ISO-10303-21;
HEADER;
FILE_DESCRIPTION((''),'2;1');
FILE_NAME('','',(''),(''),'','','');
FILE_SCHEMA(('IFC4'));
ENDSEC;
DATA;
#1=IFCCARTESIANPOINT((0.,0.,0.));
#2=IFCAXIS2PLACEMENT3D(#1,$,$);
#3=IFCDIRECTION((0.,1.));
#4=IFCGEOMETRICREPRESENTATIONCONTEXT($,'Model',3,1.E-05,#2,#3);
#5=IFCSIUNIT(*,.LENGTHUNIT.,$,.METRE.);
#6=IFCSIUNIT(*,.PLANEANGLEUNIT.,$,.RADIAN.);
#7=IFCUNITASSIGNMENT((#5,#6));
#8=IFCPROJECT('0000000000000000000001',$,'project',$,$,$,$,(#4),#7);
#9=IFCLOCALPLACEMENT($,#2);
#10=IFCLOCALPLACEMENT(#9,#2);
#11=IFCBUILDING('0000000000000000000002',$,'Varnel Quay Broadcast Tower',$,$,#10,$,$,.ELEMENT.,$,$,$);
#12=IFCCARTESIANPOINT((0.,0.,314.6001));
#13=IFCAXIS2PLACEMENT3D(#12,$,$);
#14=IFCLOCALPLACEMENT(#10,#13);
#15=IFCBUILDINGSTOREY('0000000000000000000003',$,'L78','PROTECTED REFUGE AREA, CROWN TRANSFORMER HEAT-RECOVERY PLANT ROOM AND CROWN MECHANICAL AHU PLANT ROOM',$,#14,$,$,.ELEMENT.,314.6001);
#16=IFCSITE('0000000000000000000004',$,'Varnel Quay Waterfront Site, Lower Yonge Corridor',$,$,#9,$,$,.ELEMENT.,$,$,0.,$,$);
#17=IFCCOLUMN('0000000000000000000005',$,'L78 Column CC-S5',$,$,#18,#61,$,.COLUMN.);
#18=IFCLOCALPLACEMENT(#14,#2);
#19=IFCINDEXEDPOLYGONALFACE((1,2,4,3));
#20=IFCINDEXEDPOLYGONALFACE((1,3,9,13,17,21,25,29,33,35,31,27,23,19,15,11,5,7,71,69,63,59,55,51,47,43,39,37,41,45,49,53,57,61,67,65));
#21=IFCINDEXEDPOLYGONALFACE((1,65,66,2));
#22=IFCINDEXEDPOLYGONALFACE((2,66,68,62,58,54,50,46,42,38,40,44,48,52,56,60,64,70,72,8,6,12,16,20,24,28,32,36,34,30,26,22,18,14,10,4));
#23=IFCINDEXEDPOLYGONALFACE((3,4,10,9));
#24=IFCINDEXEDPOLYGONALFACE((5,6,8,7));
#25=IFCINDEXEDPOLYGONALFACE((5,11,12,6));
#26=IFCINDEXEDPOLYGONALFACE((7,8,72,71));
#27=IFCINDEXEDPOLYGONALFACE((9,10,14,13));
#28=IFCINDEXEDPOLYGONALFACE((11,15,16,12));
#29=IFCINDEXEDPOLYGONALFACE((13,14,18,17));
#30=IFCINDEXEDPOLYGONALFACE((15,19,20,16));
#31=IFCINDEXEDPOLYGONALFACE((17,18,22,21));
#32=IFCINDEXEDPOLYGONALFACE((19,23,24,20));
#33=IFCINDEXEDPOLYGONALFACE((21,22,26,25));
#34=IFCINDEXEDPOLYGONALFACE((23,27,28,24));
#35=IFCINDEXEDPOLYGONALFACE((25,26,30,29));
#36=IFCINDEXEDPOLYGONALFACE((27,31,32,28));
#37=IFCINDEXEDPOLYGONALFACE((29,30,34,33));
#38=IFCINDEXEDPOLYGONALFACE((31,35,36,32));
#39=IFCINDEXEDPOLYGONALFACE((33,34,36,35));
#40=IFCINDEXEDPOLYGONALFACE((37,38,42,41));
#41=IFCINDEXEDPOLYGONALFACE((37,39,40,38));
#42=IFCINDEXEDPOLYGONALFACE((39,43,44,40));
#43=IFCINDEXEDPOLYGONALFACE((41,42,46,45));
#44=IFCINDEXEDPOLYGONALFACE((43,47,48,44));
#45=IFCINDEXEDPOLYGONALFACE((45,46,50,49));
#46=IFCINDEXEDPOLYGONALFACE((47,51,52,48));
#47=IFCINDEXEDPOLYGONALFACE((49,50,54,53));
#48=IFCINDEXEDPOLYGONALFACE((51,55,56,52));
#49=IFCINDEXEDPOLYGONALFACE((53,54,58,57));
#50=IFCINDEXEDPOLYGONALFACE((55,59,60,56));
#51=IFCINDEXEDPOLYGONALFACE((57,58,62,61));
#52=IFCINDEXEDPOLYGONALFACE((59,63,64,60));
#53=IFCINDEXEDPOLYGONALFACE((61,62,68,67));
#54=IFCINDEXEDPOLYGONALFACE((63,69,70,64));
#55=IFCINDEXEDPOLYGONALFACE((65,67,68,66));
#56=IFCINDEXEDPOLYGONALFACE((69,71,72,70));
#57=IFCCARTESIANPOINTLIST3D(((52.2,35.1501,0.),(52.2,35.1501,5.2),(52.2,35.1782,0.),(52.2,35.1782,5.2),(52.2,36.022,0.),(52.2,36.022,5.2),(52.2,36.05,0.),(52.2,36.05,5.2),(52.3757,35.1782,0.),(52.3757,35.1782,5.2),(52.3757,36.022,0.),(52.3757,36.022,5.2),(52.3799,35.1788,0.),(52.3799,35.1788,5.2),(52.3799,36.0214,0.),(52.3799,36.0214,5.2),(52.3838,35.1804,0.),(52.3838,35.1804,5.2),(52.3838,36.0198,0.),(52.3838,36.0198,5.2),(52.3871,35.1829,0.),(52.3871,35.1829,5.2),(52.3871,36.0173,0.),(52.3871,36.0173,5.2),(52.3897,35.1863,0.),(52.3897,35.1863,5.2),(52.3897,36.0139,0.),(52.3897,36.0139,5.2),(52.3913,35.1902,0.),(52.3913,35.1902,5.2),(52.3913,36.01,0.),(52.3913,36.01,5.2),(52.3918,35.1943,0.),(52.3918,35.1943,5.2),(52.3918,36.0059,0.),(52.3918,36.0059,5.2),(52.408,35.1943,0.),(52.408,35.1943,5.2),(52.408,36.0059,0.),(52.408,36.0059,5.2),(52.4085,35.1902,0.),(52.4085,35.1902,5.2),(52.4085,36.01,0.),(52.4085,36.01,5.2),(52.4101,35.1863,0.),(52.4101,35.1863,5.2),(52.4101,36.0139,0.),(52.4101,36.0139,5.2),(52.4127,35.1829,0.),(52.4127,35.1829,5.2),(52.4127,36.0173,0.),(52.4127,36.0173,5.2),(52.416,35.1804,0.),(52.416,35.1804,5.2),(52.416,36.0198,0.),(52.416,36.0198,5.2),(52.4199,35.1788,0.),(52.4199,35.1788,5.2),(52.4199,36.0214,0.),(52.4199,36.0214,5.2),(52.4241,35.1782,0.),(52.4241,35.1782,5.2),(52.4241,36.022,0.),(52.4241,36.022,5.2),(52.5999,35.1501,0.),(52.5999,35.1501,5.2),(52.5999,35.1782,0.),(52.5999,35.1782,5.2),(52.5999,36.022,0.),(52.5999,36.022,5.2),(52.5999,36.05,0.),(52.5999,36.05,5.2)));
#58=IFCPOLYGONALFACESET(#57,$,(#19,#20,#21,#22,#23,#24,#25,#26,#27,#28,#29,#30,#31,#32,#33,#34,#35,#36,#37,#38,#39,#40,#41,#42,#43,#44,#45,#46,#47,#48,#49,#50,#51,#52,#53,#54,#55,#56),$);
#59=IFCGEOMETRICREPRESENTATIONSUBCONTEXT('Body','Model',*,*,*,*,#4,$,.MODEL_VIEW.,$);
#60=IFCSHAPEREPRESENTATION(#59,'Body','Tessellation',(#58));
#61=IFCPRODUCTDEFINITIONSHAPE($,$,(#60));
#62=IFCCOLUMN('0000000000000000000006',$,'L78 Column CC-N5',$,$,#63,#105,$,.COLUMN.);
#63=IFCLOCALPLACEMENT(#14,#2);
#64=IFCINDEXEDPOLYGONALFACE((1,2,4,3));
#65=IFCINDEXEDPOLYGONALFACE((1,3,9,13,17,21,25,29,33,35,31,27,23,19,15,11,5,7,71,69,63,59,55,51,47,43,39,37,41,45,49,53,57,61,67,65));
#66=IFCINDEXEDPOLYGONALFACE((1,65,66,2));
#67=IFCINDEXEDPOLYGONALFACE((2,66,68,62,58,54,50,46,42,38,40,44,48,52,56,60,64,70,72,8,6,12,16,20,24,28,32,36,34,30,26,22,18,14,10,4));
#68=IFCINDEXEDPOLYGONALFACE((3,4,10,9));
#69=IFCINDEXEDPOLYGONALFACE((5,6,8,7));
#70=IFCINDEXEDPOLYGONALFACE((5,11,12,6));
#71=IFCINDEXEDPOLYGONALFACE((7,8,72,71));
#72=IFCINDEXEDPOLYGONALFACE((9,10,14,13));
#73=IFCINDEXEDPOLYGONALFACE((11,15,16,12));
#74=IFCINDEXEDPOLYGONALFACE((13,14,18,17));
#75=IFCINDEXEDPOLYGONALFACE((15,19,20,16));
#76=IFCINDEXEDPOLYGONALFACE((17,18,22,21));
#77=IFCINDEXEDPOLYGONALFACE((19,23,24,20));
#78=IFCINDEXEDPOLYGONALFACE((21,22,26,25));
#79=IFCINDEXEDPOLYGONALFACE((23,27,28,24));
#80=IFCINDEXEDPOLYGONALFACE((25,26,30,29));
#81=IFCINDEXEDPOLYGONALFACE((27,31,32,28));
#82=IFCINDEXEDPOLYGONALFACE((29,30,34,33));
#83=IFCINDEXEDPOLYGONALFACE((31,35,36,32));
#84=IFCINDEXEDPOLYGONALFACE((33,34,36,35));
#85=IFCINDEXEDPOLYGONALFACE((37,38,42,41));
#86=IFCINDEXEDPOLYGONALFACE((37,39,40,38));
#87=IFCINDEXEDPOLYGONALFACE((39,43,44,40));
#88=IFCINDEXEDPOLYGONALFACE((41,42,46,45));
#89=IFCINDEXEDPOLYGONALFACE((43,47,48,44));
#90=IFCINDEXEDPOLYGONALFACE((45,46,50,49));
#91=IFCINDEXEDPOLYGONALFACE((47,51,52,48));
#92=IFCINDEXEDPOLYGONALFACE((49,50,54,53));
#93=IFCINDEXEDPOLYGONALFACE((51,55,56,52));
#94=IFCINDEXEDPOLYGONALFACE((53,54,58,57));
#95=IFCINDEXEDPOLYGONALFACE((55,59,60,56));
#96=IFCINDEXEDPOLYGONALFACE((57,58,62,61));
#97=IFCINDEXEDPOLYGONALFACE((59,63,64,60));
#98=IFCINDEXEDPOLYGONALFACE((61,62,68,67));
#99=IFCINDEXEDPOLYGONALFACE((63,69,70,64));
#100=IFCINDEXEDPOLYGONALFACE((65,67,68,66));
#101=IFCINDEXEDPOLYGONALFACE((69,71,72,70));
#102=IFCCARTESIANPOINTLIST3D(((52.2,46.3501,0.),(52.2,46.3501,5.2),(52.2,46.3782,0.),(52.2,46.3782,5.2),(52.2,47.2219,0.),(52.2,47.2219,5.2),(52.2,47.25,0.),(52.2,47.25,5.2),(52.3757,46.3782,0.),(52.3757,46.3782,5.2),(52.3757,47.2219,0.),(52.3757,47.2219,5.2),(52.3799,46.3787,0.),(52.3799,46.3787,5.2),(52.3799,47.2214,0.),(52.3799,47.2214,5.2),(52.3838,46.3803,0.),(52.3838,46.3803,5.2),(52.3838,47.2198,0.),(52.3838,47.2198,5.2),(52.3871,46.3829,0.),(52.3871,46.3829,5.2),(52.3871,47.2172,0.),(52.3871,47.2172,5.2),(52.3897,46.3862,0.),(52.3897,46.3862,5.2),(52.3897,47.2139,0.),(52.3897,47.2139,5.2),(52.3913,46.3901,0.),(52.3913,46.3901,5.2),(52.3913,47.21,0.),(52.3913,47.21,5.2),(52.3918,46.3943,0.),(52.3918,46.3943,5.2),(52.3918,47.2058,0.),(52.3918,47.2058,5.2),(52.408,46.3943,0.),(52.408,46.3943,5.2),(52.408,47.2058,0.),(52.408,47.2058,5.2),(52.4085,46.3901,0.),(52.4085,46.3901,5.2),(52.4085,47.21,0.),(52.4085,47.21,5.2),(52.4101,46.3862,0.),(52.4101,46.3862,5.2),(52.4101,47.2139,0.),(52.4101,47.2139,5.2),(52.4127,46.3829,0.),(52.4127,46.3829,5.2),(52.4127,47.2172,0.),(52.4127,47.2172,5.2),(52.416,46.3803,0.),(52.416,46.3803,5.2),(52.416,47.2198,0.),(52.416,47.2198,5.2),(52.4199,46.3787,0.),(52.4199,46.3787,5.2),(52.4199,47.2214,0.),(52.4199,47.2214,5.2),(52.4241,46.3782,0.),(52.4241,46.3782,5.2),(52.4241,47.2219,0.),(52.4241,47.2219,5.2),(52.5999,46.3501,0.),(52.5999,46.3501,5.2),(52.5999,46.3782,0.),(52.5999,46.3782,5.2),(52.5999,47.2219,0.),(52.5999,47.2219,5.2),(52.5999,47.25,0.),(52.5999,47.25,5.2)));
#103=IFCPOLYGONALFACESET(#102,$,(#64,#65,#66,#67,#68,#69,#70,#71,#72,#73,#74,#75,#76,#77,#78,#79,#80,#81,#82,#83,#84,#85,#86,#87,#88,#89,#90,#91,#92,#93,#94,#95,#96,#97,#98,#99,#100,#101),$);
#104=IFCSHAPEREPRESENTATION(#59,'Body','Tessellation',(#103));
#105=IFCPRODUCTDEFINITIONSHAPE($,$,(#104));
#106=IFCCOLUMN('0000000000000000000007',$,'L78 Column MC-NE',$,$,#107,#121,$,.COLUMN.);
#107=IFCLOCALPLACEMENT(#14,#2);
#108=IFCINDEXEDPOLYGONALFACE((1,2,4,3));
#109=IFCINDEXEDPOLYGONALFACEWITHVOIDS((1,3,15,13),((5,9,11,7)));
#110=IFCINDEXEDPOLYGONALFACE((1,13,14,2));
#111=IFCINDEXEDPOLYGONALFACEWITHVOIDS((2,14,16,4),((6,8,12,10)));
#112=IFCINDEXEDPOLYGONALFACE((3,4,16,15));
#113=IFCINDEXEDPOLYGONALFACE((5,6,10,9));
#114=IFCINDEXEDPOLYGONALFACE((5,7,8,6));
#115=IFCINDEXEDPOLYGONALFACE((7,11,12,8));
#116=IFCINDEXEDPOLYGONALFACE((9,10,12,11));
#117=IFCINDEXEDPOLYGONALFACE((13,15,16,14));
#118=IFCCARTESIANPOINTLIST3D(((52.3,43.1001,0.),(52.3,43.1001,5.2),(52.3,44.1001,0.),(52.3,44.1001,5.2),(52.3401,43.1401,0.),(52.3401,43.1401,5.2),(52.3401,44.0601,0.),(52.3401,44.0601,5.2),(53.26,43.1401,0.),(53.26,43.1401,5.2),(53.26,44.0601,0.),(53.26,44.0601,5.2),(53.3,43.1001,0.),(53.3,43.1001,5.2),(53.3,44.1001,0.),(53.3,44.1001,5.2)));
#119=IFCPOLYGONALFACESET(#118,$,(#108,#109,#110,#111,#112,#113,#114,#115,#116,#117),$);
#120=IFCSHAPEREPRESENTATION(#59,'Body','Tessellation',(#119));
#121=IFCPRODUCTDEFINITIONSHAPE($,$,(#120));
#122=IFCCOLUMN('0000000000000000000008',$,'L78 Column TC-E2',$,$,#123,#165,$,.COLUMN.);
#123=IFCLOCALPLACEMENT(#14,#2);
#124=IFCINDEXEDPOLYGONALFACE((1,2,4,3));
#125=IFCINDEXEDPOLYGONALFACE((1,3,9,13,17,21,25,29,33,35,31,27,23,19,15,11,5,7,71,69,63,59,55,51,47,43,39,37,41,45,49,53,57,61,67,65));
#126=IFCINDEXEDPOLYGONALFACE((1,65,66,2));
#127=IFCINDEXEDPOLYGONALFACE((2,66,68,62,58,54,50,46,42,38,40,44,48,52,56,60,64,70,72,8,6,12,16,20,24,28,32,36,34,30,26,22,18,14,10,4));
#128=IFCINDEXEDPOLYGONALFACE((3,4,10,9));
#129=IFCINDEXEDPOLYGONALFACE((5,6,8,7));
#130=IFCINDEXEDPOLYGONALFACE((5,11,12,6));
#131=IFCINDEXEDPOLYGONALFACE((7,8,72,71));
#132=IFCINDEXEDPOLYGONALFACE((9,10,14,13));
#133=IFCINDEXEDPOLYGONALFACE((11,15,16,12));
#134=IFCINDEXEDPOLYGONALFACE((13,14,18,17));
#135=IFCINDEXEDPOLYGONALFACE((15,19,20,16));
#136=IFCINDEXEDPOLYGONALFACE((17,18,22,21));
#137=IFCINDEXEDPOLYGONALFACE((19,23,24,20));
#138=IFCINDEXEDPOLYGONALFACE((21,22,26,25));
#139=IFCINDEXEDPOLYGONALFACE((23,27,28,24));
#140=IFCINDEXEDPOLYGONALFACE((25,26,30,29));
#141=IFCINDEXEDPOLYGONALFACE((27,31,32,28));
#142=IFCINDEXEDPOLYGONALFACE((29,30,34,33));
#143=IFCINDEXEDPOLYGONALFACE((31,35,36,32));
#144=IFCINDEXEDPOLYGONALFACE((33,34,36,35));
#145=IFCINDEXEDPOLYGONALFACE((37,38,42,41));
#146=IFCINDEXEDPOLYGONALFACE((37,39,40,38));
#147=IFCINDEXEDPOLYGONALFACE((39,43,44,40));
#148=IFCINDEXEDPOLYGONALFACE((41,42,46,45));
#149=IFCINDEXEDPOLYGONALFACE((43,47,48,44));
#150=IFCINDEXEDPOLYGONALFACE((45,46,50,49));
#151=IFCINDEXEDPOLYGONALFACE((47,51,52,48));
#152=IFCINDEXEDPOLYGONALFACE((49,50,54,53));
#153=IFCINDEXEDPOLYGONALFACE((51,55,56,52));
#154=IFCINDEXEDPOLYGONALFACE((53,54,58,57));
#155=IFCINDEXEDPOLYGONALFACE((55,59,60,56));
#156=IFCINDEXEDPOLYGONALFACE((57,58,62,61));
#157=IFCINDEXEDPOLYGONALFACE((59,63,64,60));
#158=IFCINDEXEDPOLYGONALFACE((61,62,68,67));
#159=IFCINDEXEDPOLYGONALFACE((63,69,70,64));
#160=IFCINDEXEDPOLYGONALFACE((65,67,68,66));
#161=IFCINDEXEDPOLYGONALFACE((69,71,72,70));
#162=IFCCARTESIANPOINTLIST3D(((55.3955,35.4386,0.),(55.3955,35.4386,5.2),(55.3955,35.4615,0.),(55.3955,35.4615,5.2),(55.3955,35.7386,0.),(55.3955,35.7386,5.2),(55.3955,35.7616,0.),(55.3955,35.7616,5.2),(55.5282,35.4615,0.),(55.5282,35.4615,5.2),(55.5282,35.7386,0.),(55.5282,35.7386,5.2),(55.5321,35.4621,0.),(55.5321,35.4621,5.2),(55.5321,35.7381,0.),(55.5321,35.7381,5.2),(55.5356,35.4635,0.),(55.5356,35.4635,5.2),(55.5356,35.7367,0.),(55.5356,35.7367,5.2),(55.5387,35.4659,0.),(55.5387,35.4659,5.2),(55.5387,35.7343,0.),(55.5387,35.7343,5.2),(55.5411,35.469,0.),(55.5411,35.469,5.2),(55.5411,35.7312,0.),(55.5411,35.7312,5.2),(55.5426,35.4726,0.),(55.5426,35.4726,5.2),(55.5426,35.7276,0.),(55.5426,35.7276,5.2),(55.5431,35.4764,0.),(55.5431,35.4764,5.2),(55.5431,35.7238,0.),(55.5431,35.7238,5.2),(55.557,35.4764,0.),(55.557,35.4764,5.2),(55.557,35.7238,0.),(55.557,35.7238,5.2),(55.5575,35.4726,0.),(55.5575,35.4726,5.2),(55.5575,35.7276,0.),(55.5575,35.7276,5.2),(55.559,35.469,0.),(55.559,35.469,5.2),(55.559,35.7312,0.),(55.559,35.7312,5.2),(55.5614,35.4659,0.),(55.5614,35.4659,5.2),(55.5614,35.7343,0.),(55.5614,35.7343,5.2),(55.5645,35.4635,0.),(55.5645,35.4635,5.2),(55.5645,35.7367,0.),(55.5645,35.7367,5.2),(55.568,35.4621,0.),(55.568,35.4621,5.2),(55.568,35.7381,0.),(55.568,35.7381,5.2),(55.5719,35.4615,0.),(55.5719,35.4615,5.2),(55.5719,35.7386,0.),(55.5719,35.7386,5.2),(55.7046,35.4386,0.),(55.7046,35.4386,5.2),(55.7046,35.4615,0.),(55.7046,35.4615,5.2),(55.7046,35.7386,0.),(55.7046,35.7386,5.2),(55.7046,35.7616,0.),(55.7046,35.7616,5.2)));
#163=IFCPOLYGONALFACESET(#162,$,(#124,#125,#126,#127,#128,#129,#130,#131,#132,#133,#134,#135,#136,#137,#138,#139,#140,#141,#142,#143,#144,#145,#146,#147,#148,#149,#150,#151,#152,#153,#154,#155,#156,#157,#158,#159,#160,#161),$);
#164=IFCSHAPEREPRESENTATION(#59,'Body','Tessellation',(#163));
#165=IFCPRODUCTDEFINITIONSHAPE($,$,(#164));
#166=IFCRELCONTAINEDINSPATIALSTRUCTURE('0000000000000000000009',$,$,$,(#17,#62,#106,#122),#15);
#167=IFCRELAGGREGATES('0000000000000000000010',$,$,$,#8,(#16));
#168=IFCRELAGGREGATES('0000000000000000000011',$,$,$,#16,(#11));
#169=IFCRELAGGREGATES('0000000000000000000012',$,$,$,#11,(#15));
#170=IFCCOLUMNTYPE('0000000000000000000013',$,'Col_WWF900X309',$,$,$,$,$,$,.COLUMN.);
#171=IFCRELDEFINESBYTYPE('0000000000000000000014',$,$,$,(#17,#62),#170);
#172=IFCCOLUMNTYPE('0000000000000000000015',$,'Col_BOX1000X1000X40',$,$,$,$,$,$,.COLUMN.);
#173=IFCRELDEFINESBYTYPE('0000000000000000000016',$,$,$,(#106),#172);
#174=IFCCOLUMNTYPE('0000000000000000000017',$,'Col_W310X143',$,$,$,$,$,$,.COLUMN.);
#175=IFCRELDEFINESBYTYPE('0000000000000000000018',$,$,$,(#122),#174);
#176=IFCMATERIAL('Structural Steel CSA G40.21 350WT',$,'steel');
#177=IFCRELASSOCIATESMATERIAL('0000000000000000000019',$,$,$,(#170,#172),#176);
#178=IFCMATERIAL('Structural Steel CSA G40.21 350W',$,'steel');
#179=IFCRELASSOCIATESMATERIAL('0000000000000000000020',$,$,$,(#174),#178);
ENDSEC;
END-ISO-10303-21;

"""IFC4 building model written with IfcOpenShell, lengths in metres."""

from ifc_helpers import new_model, si_unit, direction, frame, origin, origin_2d, place, context, subcontext, project, spatial, hollow_rectangle, i_section, extrude, source, transform, mapped, material, material_profile, profile_set, type_object, type_shapes, element, save


model = new_model("IFC4")

# Units and contexts
model_context = context("Model", 3, precision=1e-05, world=origin(), true_north=direction((0.0, 1.0)))
body_context = subcontext(model_context, "Body", "Model", "MODEL_VIEW")
ifc_project = project(units=[si_unit("LENGTHUNIT", "METRE"), si_unit("PLANEANGLEUNIT", "RADIAN")], contexts=[model_context])

# Site, building, storey
site_placement = place(None, origin())
site = spatial("IfcSite", under=ifc_project, at=site_placement, Name="Varnel Quay Waterfront Site, Lower Yonge Corridor", CompositionType="ELEMENT", RefElevation=0.0)
building_placement = place(site_placement, origin())
building = spatial("IfcBuilding", under=site, at=building_placement, Name="Varnel Quay Broadcast Tower", CompositionType="ELEMENT")
storey_placement = place(building_placement, frame((0.0, 0.0, 314.6001)))
storey = spatial("IfcBuildingStorey", under=building, at=storey_placement, Name="L78", Description="PROTECTED REFUGE AREA, CROWN TRANSFORMER HEAT-RECOVERY PLANT ROOM AND CROWN MECHANICAL AHU PLANT ROOM", CompositionType="ELEMENT", Elevation=314.6001)

# Columns
ifc_material_1 = material(Name="Structural Steel CSA G40.21 350WT", Category="steel")
ifc_material_profile_1 = material_profile(ifc_material_1, i_section(OverallWidth=0.3999, OverallDepth=0.8999, WebThickness=0.0161, FlangeThickness=0.0281, FilletRadius=0.0161, at=origin_2d()), Name="WWF900X309")
ifc_profile_set_1 = profile_set([ifc_material_profile_1], Name="Structural Steel CSA G40.21 350WT")
column_type_1 = type_object("IfcColumnType", Name="Col_WWF900X309", PredefinedType="COLUMN", material=ifc_profile_set_1)
shared_shape_1 = source(origin(), body_context, "Body", "SweptSolid", [
    extrude(i_section(OverallWidth=0.3999, OverallDepth=0.8999, WebThickness=0.0161, FlangeThickness=0.0281, FilletRadius=0.0161, at=origin_2d()), origin(), (0.0, 0.0, 1.0), 5.2),
])
type_shapes(column_type_1, [shared_shape_1])
for number, where, z_axis, x_axis, name in (
    (1, (52.3999, 35.6001, 0.0), (0.0, 0.0, 1.0), (1.0, 0.0, 0.0), "L78 Column CC-S5"),
    (2, (52.3999, 46.8, 0.0), (0.0, 0.0, 1.0), (1.0, 0.0, 0.0), "L78 Column CC-N5"),
):
    element("IfcColumn", number, at=place(storey_placement, frame(where, z_axis=z_axis, x_axis=x_axis)), inside=storey, type_object=column_type_1, Name=name, PredefinedType="COLUMN", context=body_context, shape_type="MappedRepresentation", body=[
        mapped(shared_shape_1, transform((0.0, 0.0, 0.0), x_axis=(1.0, 0.0, 0.0), y_axis=(0.0, 1.0, 0.0), z_axis=(0.0, 0.0, 1.0), scale=1.0)),
    ])
ifc_material_profile_2 = material_profile(ifc_material_1, hollow_rectangle(XDim=1.0, YDim=1.0, WallThickness=0.04, at=origin_2d()), Name="BOX1000X1000X40")
ifc_profile_set_2 = profile_set([ifc_material_profile_2], Name="Structural Steel CSA G40.21 350WT")
column_type_2 = type_object("IfcColumnType", Name="Col_BOX1000X1000X40", PredefinedType="COLUMN", material=ifc_profile_set_2)
shared_shape_2 = source(origin(), body_context, "Body", "SweptSolid", [
    extrude(hollow_rectangle(XDim=1.0, YDim=1.0, WallThickness=0.04, at=origin_2d()), origin(), (0.0, 0.0, 1.0), 5.2),
])
type_shapes(column_type_2, [shared_shape_2])
column_1_placement = place(storey_placement, frame((52.8, 43.6001, 0.0), z_axis=(0.0, 0.0, 1.0), x_axis=(1.0, 0.0, 0.0)))
element("IfcColumn", 3, at=column_1_placement, inside=storey, type_object=column_type_2, Name="L78 Column MC-NE", PredefinedType="COLUMN", context=body_context, shape_type="MappedRepresentation", body=[
    mapped(shared_shape_2, transform((0.0, 0.0, 0.0), x_axis=(1.0, 0.0, 0.0), y_axis=(0.0, 1.0, 0.0), z_axis=(0.0, 0.0, 1.0), scale=1.0)),
])
ifc_material_2 = material(Name="Structural Steel CSA G40.21 350W", Category="steel")
ifc_material_profile_3 = material_profile(ifc_material_2, i_section(OverallWidth=0.3091, OverallDepth=0.323, WebThickness=0.0139, FlangeThickness=0.0229, FilletRadius=0.0149, at=origin_2d()), Name="W310X143")
ifc_profile_set_3 = profile_set([ifc_material_profile_3], Name="Structural Steel CSA G40.21 350W")
column_type_3 = type_object("IfcColumnType", Name="Col_W310X143", PredefinedType="COLUMN", material=ifc_profile_set_3)
shared_shape_3 = source(origin(), body_context, "Body", "SweptSolid", [
    extrude(i_section(OverallWidth=0.3091, OverallDepth=0.323, WebThickness=0.0139, FlangeThickness=0.0229, FilletRadius=0.0149, at=origin_2d()), origin(), (0.0, 0.0, 1.0), 5.2),
])
type_shapes(column_type_3, [shared_shape_3])
column_2_placement = place(storey_placement, frame((55.55, 35.6001, 0.0), z_axis=(0.0, 0.0, 1.0), x_axis=(1.0, 0.0, 0.0)))
element("IfcColumn", 4, at=column_2_placement, inside=storey, type_object=column_type_3, Name="L78 Column TC-E2", PredefinedType="COLUMN", context=body_context, shape_type="MappedRepresentation", body=[
    mapped(shared_shape_3, transform((0.0, 0.0, 0.0), x_axis=(1.0, 0.0, 0.0), y_axis=(0.0, 1.0, 0.0), z_axis=(0.0, 0.0, 1.0), scale=1.0)),
])

save(model, "model.ifc")
